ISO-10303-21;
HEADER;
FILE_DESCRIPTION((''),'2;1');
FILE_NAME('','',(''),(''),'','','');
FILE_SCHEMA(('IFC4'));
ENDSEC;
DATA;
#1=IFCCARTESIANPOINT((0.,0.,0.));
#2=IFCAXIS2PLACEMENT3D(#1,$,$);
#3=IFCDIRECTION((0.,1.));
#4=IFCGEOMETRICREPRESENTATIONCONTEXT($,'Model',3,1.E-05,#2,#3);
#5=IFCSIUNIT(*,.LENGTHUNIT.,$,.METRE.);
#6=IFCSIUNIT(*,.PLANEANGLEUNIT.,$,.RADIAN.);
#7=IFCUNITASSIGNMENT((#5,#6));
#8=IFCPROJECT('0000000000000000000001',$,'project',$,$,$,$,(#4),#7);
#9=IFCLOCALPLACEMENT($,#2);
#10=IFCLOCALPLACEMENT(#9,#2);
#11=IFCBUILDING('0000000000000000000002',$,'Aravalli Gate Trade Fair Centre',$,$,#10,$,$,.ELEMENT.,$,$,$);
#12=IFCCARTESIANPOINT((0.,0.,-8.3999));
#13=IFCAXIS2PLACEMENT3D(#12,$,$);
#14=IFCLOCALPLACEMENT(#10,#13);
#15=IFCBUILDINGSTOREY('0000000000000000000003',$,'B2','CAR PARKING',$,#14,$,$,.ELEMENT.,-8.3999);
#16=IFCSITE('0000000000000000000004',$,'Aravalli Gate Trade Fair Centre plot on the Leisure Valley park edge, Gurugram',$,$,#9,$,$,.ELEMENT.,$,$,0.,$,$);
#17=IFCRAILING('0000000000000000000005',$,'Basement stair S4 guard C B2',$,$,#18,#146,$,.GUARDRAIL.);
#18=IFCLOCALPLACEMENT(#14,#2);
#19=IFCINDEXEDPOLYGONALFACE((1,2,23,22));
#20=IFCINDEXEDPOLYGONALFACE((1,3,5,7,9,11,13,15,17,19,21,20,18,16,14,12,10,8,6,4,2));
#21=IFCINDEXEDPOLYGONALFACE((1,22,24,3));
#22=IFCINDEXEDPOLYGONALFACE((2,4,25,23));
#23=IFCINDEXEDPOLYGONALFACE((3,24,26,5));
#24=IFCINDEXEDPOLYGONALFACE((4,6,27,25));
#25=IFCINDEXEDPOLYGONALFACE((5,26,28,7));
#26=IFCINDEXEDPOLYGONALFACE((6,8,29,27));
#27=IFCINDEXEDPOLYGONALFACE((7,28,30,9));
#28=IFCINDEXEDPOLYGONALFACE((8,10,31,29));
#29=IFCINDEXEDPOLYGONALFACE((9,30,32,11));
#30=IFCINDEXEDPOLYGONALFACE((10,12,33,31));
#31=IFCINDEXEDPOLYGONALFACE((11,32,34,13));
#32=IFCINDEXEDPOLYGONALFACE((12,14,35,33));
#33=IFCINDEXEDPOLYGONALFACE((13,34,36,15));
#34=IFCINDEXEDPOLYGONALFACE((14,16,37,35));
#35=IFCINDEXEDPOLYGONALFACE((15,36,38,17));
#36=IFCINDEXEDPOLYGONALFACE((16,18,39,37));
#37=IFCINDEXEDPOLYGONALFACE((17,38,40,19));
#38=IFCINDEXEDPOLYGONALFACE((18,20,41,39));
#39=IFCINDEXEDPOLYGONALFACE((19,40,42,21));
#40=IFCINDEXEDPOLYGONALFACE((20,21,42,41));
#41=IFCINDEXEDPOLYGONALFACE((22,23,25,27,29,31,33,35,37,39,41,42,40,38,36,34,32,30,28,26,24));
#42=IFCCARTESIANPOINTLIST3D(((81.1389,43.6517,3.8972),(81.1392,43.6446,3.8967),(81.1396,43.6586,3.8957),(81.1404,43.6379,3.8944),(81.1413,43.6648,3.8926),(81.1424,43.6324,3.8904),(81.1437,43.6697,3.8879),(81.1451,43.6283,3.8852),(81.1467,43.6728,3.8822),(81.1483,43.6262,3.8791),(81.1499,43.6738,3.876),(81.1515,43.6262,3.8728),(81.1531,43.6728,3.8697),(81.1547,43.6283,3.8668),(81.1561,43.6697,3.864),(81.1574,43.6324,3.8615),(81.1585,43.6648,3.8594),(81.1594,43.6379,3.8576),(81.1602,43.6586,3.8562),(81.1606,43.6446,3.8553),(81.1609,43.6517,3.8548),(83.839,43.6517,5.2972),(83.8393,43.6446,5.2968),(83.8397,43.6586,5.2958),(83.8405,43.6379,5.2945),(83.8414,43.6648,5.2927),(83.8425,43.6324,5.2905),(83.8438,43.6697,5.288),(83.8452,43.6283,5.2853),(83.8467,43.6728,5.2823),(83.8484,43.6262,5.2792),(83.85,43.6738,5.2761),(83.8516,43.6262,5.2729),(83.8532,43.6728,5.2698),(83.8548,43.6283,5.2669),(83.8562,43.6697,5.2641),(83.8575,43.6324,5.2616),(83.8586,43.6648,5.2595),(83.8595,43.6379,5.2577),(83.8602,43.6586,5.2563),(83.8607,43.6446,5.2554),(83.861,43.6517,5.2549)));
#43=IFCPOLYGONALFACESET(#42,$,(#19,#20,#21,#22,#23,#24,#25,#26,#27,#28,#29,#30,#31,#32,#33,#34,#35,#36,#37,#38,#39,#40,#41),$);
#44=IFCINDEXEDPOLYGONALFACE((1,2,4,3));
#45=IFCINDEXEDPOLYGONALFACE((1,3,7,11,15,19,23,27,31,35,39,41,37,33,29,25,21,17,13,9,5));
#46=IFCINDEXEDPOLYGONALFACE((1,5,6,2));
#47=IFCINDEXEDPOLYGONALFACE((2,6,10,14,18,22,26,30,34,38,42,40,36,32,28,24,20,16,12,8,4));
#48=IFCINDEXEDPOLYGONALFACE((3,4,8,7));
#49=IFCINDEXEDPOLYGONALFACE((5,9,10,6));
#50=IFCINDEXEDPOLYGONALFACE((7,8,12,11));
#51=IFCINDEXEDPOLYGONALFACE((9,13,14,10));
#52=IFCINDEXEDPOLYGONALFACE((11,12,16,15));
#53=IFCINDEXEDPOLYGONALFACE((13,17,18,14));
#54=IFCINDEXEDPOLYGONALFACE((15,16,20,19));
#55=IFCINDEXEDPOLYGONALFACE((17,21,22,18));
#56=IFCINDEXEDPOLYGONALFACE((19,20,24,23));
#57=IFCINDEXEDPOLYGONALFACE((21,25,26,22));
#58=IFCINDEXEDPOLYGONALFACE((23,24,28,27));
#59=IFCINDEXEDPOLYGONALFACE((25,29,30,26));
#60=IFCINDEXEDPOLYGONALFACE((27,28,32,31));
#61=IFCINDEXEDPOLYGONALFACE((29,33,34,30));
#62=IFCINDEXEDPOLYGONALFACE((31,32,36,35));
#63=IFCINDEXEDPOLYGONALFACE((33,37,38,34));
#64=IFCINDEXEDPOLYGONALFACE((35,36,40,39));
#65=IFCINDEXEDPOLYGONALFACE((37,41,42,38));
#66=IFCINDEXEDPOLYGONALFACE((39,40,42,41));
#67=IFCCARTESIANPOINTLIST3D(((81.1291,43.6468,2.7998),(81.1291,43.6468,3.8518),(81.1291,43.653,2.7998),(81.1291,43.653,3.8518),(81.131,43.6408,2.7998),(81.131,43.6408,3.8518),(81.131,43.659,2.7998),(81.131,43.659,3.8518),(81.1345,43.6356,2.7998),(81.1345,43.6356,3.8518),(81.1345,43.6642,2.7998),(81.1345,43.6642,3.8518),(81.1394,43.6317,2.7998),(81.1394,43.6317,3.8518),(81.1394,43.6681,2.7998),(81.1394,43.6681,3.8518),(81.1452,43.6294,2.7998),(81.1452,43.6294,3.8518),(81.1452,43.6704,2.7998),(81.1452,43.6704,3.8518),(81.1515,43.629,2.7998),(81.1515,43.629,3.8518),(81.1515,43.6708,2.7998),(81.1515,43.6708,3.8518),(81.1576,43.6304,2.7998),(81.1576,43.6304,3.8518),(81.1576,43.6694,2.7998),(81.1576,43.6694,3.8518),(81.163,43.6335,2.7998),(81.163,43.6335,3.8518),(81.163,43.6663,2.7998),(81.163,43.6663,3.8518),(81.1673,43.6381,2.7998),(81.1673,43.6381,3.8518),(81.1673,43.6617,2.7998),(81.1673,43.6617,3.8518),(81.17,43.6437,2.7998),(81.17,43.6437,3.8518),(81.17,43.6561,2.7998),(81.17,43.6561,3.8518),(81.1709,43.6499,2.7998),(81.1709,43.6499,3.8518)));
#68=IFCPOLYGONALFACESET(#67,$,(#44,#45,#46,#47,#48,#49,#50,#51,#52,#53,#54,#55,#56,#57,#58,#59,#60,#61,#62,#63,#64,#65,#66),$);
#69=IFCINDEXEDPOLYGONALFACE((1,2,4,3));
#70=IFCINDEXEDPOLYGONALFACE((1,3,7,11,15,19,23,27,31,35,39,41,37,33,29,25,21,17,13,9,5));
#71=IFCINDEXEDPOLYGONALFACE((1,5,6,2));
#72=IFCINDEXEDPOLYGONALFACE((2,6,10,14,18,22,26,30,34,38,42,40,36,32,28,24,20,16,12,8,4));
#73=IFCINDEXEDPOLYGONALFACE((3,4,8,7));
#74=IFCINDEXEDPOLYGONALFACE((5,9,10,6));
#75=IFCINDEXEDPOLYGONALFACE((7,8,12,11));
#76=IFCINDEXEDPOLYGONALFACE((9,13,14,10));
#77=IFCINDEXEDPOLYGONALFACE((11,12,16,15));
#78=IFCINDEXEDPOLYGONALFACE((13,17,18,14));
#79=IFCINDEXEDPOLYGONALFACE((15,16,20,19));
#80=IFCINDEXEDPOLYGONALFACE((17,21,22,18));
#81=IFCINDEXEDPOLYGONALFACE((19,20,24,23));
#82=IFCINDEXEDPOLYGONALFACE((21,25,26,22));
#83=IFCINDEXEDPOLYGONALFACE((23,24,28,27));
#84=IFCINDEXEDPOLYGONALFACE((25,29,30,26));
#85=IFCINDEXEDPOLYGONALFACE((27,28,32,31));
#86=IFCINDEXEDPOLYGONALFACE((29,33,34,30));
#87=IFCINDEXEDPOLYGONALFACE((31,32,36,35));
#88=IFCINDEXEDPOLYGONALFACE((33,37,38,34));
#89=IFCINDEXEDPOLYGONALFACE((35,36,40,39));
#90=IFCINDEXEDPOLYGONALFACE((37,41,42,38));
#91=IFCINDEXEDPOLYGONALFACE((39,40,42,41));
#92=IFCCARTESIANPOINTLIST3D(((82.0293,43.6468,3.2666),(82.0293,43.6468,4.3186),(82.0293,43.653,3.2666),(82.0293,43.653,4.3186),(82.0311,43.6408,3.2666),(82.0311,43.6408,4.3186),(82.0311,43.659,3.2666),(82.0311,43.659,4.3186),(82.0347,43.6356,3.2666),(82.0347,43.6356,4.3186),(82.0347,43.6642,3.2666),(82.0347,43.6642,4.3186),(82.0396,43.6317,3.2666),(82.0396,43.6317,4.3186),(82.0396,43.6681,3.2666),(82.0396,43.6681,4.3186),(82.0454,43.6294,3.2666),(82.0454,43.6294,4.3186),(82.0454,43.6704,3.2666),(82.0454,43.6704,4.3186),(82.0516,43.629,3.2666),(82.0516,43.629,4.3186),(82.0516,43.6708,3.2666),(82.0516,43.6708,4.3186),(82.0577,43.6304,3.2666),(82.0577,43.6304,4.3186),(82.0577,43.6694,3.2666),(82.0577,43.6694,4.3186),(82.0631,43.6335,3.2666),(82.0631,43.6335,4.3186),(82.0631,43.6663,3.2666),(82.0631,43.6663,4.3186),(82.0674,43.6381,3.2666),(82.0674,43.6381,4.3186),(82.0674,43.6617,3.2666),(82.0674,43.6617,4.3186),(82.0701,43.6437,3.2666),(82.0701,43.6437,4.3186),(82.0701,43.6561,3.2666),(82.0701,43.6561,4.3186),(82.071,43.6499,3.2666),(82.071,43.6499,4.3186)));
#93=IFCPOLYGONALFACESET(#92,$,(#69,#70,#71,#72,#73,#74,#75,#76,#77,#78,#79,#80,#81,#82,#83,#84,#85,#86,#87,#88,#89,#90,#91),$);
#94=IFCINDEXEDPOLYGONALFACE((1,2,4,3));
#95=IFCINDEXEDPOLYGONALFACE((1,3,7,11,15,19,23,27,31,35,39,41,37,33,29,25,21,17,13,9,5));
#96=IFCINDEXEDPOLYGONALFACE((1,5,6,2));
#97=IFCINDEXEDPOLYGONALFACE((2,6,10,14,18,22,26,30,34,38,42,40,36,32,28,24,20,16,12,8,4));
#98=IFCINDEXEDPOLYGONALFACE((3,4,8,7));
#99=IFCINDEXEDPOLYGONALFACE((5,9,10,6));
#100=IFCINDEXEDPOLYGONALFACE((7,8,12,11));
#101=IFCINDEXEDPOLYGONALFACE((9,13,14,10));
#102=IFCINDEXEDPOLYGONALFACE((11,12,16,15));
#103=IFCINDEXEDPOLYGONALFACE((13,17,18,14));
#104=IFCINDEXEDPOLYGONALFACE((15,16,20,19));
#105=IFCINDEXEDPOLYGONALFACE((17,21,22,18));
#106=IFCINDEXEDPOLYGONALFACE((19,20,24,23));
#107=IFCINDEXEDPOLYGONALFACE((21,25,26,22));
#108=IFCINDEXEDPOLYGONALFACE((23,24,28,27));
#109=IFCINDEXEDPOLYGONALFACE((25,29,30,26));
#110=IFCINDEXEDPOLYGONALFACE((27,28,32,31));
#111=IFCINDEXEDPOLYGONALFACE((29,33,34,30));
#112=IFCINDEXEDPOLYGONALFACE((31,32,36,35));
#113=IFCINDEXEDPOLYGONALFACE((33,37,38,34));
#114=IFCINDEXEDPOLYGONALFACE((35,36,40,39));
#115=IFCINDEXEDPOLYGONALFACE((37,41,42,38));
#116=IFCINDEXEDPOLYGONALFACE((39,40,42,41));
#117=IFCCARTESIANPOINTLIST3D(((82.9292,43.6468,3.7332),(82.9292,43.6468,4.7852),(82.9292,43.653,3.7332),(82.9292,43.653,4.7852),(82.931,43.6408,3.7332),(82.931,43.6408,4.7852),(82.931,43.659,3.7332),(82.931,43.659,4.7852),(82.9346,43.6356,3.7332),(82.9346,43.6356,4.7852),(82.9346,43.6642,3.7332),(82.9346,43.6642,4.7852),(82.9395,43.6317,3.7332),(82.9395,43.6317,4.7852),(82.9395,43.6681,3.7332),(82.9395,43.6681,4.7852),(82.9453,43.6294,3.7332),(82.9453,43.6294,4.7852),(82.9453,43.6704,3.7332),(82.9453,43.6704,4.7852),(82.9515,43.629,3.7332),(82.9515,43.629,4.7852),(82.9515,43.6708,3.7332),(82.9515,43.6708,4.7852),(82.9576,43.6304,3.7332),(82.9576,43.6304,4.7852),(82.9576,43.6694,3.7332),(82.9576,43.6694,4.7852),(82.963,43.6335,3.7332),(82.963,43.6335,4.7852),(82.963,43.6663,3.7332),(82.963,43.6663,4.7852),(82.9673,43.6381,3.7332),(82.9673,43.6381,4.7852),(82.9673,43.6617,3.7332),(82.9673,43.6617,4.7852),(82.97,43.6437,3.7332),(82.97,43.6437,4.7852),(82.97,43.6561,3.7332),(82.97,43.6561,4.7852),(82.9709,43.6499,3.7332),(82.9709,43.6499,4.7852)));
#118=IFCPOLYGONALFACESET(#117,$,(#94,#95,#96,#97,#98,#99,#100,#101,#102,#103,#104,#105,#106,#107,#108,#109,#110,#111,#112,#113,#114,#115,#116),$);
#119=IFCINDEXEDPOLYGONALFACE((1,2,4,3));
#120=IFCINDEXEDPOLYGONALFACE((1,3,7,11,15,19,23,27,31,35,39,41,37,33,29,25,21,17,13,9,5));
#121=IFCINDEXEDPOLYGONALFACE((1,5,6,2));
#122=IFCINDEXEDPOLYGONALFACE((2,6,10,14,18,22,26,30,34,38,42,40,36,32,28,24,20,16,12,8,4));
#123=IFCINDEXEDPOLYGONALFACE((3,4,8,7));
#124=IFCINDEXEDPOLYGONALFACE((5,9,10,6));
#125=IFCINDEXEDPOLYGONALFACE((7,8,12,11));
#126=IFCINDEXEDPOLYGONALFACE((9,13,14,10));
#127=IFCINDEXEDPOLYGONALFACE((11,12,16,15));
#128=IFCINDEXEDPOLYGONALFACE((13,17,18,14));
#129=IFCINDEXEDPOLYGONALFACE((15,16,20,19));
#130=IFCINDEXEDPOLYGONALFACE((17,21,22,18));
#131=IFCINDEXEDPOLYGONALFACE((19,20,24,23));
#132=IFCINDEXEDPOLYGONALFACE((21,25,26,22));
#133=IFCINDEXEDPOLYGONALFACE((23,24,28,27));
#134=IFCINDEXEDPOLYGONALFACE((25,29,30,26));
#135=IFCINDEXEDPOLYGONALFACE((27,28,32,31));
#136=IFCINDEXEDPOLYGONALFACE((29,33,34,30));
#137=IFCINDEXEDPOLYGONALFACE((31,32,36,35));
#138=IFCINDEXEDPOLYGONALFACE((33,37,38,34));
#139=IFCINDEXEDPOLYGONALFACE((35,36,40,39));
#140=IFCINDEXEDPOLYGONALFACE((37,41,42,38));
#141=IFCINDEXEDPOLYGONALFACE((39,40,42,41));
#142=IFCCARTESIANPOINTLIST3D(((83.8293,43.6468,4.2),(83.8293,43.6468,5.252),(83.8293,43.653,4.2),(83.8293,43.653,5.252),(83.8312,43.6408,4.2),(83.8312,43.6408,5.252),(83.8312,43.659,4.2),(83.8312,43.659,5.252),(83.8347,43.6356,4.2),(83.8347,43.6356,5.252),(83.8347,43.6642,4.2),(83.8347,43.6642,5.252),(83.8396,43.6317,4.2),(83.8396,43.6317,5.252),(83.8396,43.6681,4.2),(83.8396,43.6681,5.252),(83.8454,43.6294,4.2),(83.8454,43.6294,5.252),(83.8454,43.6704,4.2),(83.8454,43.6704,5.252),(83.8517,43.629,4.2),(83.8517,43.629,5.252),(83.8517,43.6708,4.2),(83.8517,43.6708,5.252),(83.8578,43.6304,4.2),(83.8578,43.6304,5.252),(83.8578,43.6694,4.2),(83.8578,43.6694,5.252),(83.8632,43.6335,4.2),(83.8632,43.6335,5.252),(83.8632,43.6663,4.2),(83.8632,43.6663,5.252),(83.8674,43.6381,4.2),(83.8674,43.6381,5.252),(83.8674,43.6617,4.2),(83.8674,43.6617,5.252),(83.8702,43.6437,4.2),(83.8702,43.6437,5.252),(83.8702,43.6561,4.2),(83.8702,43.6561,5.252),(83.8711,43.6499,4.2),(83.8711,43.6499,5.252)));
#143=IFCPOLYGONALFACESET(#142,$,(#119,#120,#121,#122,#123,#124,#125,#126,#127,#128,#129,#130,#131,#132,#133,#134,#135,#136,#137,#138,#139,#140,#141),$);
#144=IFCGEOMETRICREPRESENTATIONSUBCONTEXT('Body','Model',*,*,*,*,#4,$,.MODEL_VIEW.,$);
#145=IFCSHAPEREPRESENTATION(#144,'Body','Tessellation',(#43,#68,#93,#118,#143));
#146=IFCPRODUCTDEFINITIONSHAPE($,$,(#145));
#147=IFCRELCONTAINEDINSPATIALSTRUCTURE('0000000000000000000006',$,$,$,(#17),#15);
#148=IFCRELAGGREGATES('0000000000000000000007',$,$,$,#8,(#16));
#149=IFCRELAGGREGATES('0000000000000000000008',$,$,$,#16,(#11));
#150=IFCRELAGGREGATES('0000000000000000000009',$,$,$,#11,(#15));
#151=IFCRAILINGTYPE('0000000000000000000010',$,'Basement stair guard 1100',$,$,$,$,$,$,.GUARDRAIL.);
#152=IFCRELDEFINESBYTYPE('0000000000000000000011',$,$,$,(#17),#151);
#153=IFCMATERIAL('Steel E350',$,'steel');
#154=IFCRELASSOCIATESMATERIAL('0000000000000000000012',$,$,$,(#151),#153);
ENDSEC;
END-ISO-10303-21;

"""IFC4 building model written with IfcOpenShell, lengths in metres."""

from ifc_helpers import new_model, si_unit, direction, frame, origin, origin_2d, place, context, subcontext, project, spatial, circle, extrude, material, type_object, element, save


model = new_model("IFC4")

# Units and contexts
model_context = context("Model", 3, precision=1e-05, world=origin(), true_north=direction((0.0, 1.0)))
body_context = subcontext(model_context, "Body", "Model", "MODEL_VIEW")
ifc_project = project(units=[si_unit("LENGTHUNIT", "METRE"), si_unit("PLANEANGLEUNIT", "RADIAN")], contexts=[model_context])

# Site, building, storey
site_placement = place(None, origin())
site = spatial("IfcSite", under=ifc_project, at=site_placement, Name="Aravalli Gate Trade Fair Centre plot on the Leisure Valley park edge, Gurugram", CompositionType="ELEMENT", RefElevation=0.0)
building_placement = place(site_placement, origin())
building = spatial("IfcBuilding", under=site, at=building_placement, Name="Aravalli Gate Trade Fair Centre", CompositionType="ELEMENT")
storey_placement = place(building_placement, frame((0.0, 0.0, -8.3999)))
storey = spatial("IfcBuildingStorey", under=building, at=storey_placement, Name="B2", Description="CAR PARKING", CompositionType="ELEMENT", Elevation=-8.3999)

# Railing
ifc_material_1 = material(Name="Steel E350", Category="steel")
railing_type = type_object("IfcRailingType", Name="Basement stair guard 1100", PredefinedType="GUARDRAIL", material=ifc_material_1)
railing_1_placement = place(storey_placement, frame((81.1499, 43.6499, 2.7998)))
element("IfcRailing", 1, at=railing_1_placement, inside=storey, type_object=railing_type, Name="Basement stair S4 guard C B2", PredefinedType="GUARDRAIL", context=body_context, shape_type="SweptSolid", body=[
    extrude(circle(Radius=0.0239, at=origin_2d()), frame((0.0, 0.0, 1.0762), z_axis=(0.887748, 0.0, 0.460329), x_axis=(0.0, 1.0, 0.0)), (0.0, 0.0, 1.0), 3.0415),
    extrude(circle(Radius=0.021, at=origin_2d()), origin(), (0.0, 0.0, 1.0), 1.052),
    extrude(circle(Radius=0.021, at=origin_2d()), frame((0.9001, 0.0, 0.4668)), (0.0, 0.0, 1.0), 1.052),
    extrude(circle(Radius=0.021, at=origin_2d()), frame((1.8, 0.0, 0.9333)), (0.0, 0.0, 1.0), 1.052),
    extrude(circle(Radius=0.021, at=origin_2d()), frame((2.7002, 0.0, 1.4001)), (0.0, 0.0, 1.0), 1.052),
])

save(model, "model.ifc")
